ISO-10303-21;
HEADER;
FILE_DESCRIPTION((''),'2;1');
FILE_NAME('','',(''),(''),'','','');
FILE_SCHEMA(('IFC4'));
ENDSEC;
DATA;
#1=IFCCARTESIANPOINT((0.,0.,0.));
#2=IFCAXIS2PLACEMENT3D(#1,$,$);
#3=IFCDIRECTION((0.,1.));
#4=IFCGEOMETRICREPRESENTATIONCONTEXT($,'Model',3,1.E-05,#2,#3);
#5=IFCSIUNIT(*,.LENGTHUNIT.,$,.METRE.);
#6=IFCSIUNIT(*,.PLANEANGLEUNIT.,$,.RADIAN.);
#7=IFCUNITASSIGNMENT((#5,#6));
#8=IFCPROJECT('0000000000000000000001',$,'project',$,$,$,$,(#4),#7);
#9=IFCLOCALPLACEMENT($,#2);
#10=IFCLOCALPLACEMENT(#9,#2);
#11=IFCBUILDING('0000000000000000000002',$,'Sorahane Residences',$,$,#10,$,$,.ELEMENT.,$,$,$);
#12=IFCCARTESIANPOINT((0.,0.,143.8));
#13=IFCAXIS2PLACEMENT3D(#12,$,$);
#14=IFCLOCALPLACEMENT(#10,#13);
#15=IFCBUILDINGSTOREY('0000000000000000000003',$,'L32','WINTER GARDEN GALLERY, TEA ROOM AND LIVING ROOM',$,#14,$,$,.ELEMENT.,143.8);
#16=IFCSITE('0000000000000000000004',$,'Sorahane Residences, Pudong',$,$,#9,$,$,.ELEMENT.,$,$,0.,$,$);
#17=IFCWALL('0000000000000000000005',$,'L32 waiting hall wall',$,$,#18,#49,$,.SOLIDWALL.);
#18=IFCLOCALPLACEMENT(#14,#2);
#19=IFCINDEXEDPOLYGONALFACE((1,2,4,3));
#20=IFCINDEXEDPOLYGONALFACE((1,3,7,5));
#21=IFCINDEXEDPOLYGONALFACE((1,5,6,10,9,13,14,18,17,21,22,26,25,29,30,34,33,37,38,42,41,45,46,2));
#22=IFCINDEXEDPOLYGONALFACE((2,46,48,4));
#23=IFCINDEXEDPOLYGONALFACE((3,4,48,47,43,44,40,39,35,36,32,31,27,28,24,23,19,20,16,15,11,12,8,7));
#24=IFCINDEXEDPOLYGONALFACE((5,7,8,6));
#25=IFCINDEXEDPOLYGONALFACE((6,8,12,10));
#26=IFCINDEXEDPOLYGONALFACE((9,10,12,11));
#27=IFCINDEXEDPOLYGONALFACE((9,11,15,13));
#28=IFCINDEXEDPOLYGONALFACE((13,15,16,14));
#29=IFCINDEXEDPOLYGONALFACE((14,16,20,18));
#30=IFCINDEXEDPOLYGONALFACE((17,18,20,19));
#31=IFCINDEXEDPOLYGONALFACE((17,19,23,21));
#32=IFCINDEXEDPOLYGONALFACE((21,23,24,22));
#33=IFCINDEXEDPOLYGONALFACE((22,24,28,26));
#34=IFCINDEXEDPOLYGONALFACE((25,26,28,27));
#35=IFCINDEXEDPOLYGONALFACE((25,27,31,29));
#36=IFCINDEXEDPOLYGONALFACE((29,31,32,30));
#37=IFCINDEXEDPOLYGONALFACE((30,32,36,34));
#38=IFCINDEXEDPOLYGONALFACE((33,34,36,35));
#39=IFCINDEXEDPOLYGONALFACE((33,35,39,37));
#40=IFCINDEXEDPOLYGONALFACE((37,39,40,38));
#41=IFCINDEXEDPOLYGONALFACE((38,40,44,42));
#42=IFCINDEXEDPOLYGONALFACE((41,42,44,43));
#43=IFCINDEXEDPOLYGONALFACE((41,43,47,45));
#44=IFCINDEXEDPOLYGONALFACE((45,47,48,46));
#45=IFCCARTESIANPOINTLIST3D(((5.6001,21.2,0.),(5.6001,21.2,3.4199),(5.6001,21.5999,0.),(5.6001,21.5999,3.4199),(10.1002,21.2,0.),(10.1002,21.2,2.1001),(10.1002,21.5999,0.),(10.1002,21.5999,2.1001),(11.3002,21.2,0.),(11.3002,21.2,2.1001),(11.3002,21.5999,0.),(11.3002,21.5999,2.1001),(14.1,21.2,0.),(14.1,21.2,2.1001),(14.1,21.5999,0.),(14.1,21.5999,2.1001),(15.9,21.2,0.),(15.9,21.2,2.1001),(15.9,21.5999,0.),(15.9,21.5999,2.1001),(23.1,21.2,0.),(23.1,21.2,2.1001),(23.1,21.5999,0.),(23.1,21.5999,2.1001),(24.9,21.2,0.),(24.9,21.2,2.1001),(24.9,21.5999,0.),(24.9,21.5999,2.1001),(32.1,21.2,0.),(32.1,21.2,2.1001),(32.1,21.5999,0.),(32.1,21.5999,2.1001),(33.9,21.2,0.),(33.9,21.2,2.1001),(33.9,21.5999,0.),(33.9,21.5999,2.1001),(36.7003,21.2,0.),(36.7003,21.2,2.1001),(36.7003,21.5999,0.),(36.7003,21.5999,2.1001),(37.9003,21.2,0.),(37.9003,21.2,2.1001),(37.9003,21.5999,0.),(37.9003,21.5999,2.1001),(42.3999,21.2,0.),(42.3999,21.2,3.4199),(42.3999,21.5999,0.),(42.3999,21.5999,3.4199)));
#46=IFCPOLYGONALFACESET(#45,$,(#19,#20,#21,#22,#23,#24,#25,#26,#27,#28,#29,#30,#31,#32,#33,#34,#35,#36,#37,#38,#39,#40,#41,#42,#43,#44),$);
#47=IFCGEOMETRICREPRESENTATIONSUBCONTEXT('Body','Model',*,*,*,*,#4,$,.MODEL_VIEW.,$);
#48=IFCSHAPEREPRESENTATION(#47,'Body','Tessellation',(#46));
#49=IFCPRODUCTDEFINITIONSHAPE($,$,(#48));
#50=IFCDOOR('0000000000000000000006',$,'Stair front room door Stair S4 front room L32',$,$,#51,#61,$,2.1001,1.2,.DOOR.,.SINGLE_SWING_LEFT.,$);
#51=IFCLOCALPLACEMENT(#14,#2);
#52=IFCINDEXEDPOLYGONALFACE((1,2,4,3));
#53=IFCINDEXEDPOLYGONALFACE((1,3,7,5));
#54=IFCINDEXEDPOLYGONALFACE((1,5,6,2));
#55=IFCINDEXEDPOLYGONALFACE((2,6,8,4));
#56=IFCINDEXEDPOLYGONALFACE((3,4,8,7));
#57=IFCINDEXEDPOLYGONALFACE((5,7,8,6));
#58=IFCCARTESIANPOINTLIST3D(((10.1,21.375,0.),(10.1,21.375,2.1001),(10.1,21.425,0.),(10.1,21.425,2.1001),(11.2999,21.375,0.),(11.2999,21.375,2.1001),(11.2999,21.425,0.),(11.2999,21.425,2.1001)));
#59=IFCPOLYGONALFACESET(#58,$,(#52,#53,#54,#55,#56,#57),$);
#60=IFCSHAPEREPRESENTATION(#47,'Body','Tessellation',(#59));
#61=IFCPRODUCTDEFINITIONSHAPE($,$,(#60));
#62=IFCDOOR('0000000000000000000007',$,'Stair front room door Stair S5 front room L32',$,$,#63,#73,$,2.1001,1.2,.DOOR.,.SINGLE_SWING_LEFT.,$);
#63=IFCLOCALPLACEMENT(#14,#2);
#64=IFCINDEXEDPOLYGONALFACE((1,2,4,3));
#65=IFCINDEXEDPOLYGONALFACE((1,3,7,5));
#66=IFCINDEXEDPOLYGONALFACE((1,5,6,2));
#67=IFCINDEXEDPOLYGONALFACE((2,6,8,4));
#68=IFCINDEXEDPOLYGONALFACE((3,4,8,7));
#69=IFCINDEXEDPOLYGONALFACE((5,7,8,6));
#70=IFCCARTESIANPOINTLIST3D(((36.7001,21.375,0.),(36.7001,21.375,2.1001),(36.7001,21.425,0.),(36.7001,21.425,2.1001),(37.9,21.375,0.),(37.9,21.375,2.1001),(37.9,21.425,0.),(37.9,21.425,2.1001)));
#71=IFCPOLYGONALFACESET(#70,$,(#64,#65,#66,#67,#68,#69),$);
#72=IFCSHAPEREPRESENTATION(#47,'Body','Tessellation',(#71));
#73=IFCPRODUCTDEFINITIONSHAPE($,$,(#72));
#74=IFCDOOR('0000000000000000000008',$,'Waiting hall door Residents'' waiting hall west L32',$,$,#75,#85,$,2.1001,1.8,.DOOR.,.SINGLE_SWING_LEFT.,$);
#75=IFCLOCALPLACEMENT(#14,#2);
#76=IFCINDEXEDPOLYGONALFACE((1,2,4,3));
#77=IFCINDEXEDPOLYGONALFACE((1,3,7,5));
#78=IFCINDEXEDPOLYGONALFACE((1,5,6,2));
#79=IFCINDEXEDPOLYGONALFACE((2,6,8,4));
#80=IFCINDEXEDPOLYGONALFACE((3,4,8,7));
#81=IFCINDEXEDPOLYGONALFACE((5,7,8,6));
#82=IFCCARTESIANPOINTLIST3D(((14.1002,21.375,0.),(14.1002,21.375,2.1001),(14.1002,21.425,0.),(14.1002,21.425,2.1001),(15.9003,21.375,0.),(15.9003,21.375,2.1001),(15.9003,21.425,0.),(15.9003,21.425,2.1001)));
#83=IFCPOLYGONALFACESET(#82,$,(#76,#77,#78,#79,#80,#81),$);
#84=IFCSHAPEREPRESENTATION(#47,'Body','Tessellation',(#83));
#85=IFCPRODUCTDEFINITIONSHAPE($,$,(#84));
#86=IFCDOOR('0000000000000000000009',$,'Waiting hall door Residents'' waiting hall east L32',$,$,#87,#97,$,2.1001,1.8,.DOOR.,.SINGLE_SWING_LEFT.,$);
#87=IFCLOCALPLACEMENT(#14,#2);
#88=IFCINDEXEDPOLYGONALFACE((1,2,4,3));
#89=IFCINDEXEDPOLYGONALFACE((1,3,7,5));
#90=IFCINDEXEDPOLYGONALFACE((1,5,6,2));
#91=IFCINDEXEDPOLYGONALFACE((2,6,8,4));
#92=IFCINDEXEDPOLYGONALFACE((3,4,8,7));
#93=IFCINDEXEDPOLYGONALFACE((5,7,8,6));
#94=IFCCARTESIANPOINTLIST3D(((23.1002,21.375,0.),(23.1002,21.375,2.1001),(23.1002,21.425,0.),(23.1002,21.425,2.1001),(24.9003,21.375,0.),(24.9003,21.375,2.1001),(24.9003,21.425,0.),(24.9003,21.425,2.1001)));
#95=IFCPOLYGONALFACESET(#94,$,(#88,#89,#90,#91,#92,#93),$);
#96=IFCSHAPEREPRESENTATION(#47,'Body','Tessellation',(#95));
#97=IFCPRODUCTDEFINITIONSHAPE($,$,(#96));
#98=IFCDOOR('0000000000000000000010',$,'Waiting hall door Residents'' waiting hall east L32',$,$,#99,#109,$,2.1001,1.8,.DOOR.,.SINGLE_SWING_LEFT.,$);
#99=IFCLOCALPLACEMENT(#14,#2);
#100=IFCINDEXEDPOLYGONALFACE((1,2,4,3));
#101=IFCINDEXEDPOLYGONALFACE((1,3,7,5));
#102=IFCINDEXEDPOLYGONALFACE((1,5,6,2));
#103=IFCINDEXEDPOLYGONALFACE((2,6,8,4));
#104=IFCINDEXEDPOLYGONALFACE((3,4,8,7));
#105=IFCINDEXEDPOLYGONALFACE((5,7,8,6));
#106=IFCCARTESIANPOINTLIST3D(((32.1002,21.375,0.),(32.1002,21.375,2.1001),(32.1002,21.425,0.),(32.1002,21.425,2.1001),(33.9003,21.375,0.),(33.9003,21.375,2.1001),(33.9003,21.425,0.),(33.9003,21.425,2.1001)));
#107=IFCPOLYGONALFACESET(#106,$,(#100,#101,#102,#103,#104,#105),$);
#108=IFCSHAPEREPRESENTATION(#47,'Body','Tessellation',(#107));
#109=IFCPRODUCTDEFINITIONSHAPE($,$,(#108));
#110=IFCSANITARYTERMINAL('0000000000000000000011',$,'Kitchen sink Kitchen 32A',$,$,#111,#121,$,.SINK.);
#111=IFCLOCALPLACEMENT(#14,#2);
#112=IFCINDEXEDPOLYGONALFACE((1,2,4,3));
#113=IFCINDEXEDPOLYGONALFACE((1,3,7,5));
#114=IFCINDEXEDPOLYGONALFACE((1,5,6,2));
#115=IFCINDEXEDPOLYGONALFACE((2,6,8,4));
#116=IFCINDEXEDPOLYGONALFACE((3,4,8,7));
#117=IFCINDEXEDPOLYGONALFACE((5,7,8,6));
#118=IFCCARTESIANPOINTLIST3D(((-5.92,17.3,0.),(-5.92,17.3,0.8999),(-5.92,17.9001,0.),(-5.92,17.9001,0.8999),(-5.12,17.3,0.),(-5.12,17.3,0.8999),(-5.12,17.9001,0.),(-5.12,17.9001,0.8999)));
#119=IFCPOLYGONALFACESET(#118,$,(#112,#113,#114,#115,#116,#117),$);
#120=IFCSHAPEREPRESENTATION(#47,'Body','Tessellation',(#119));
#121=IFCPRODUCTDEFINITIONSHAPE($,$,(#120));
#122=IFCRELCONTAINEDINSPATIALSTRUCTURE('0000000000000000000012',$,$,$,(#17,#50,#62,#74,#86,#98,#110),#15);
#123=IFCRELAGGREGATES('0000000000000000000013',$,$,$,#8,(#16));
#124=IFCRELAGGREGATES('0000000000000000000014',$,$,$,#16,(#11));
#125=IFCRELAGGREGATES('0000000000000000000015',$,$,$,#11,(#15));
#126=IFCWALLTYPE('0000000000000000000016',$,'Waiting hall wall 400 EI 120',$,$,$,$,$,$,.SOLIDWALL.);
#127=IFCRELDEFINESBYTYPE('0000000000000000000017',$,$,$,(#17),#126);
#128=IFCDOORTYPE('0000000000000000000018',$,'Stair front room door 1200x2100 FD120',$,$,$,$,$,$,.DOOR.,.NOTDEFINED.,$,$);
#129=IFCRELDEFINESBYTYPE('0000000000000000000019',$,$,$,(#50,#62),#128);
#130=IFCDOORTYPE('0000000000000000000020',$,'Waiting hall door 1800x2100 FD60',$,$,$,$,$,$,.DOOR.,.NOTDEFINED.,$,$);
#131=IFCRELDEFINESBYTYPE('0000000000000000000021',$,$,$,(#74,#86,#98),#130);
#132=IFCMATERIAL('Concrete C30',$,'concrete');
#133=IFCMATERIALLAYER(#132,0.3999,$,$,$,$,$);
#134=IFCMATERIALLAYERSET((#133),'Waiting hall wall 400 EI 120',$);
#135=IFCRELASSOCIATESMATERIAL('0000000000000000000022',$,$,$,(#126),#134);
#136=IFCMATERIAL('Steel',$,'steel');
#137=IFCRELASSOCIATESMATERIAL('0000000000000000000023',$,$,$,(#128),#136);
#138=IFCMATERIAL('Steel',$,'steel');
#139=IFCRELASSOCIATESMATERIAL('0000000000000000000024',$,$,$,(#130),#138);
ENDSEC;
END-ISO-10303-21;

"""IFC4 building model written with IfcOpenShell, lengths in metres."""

from ifc_helpers import new_model, si_unit, direction, frame, frame_2d, origin, origin_2d, place, context, subcontext, project, spatial, rectangle, extrude, material, layer, layer_set, type_object, element, fill, save


model = new_model("IFC4")

# Units and contexts
model_context = context("Model", 3, precision=1e-05, world=origin(), true_north=direction((0.0, 1.0)))
body_context = subcontext(model_context, "Body", "Model", "MODEL_VIEW")
ifc_project = project(units=[si_unit("LENGTHUNIT", "METRE"), si_unit("PLANEANGLEUNIT", "RADIAN")], contexts=[model_context])

# Site, building, storey
site_placement = place(None, origin())
site = spatial("IfcSite", under=ifc_project, at=site_placement, Name="Sorahane Residences, Pudong", CompositionType="ELEMENT", RefElevation=0.0)
building_placement = place(site_placement, origin())
building = spatial("IfcBuilding", under=site, at=building_placement, Name="Sorahane Residences", CompositionType="ELEMENT")
storey_placement = place(building_placement, frame((0.0, 0.0, 143.8)))
storey = spatial("IfcBuildingStorey", under=building, at=storey_placement, Name="L32", Description="WINTER GARDEN GALLERY, TEA ROOM AND LIVING ROOM", CompositionType="ELEMENT", Elevation=143.8)

# Wall, openings, doors
ifc_material_1 = material(Name="Concrete C30", Category="concrete")
ifc_layer_1 = layer(ifc_material_1, 0.3999)
ifc_layer_set_1 = layer_set([ifc_layer_1], Name="Waiting hall wall 400 EI 120")
wall_type_1 = type_object("IfcWallType", Name="Waiting hall wall 400 EI 120", PredefinedType="SOLIDWALL", material=ifc_layer_set_1)
wall_1_placement = place(storey_placement, frame((5.6001, 21.3999, 0.0), z_axis=(0.0, 0.0, 1.0), x_axis=(1.0, 0.0, 0.0)))
wall_1 = element("IfcWall", 1, at=wall_1_placement, inside=storey, type_object=wall_type_1, Name="L32 waiting hall wall", PredefinedType="SOLIDWALL", context=body_context, shape_type="SweptSolid", body=[
    extrude(rectangle(XDim=36.7998, YDim=0.3999, at=frame_2d((18.3999, 0.0))), origin(), (0.0, 0.0, 1.0), 3.4199),
])
opening_1_placement = place(wall_1_placement, frame((8.5, 0.0, 0.0)))
opening_1 = element("IfcOpeningElement", 2, at=opening_1_placement, cuts=wall_1, PredefinedType="OPENING", context=body_context, shape_type="SweptSolid", body=[
    extrude(rectangle(XDim=1.8, YDim=2.1001, at=frame_2d((0.8999, 1.05))), frame((0.0, 0.21, 0.0), z_axis=(0.0, -1.0, 0.0), x_axis=(1.0, 0.0, 0.0)), (0.0, 0.0, 1.0), 0.4199),
])
opening_2_placement = place(wall_1_placement, frame((17.5, 0.0, 0.0)))
opening_2 = element("IfcOpeningElement", 3, at=opening_2_placement, cuts=wall_1, PredefinedType="OPENING", context=body_context, shape_type="SweptSolid", body=[
    extrude(rectangle(XDim=1.8, YDim=2.1001, at=frame_2d((0.8999, 1.05))), frame((0.0, 0.21, 0.0), z_axis=(0.0, -1.0, 0.0), x_axis=(1.0, 0.0, 0.0)), (0.0, 0.0, 1.0), 0.4199),
])
opening_3_placement = place(wall_1_placement, frame((26.5, 0.0, 0.0)))
opening_3 = element("IfcOpeningElement", 4, at=opening_3_placement, cuts=wall_1, PredefinedType="OPENING", context=body_context, shape_type="SweptSolid", body=[
    extrude(rectangle(XDim=1.8, YDim=2.1001, at=frame_2d((0.8999, 1.05))), frame((0.0, 0.21, 0.0), z_axis=(0.0, -1.0, 0.0), x_axis=(1.0, 0.0, 0.0)), (0.0, 0.0, 1.0), 0.4199),
])
opening_4_placement = place(wall_1_placement, frame((4.5, 0.0, 0.0)))
opening_4 = element("IfcOpeningElement", 5, at=opening_4_placement, cuts=wall_1, PredefinedType="OPENING", context=body_context, shape_type="SweptSolid", body=[
    extrude(rectangle(XDim=1.2, YDim=2.1001, at=frame_2d((0.6001, 1.05))), frame((0.0, 0.21, 0.0), z_axis=(0.0, -1.0, 0.0), x_axis=(1.0, 0.0, 0.0)), (0.0, 0.0, 1.0), 0.4199),
])
opening_5_placement = place(wall_1_placement, frame((31.1001, 0.0, 0.0)))
opening_5 = element("IfcOpeningElement", 6, at=opening_5_placement, cuts=wall_1, PredefinedType="OPENING", context=body_context, shape_type="SweptSolid", body=[
    extrude(rectangle(XDim=1.2, YDim=2.1001, at=frame_2d((0.6001, 1.05))), frame((0.0, 0.21, 0.0), z_axis=(0.0, -1.0, 0.0), x_axis=(1.0, 0.0, 0.0)), (0.0, 0.0, 1.0), 0.4199),
])
ifc_material_2 = material(Name="Steel", Category="steel")
door_type_1 = type_object("IfcDoorType", Name="Stair front room door 1200x2100 FD120", OperationType="NOTDEFINED", PredefinedType="DOOR", material=ifc_material_2)
door_1_placement = place(opening_4_placement, frame((1.2, 0.0, 0.0), z_axis=(0.0, 0.0, 1.0), x_axis=(-1.0, 0.0, 0.0)))
door_1 = element("IfcDoor", 7, at=door_1_placement, inside=storey, type_object=door_type_1, Name="Stair front room door Stair S4 front room L32", OperationType="SINGLE_SWING_LEFT", OverallHeight=2.1001, OverallWidth=1.2, PredefinedType="DOOR", context=body_context, shape_type="SweptSolid", body=[
    extrude(rectangle(XDim=1.2, YDim=2.1001, at=frame_2d((0.6001, 1.05))), frame((0.0, 0.0249, 0.0), z_axis=(0.0, -1.0, 0.0), x_axis=(1.0, 0.0, 0.0)), (0.0, 0.0, 1.0), 0.05),
])
fill(opening_4, door_1)
door_2_placement = place(opening_5_placement, frame((1.2, 0.0, 0.0), z_axis=(0.0, 0.0, 1.0), x_axis=(-1.0, 0.0, 0.0)))
door_2 = element("IfcDoor", 8, at=door_2_placement, inside=storey, type_object=door_type_1, Name="Stair front room door Stair S5 front room L32", OperationType="SINGLE_SWING_LEFT", OverallHeight=2.1001, OverallWidth=1.2, PredefinedType="DOOR", context=body_context, shape_type="SweptSolid", body=[
    extrude(rectangle(XDim=1.2, YDim=2.1001, at=frame_2d((0.6001, 1.05))), frame((0.0, 0.0249, 0.0), z_axis=(0.0, -1.0, 0.0), x_axis=(1.0, 0.0, 0.0)), (0.0, 0.0, 1.0), 0.05),
])
fill(opening_5, door_2)
ifc_material_3 = material(Name="Steel", Category="steel")
door_type_2 = type_object("IfcDoorType", Name="Waiting hall door 1800x2100 FD60", OperationType="NOTDEFINED", PredefinedType="DOOR", material=ifc_material_3)
door_3_placement = place(opening_1_placement, frame((1.8, 0.0, 0.0), z_axis=(0.0, 0.0, 1.0), x_axis=(-1.0, 0.0, 0.0)))
door_3 = element("IfcDoor", 9, at=door_3_placement, inside=storey, type_object=door_type_2, Name="Waiting hall door Residents' waiting hall west L32", OperationType="SINGLE_SWING_LEFT", OverallHeight=2.1001, OverallWidth=1.8, PredefinedType="DOOR", context=body_context, shape_type="SweptSolid", body=[
    extrude(rectangle(XDim=1.8, YDim=2.1001, at=frame_2d((0.8999, 1.05))), frame((0.0, 0.0249, 0.0), z_axis=(0.0, -1.0, 0.0), x_axis=(1.0, 0.0, 0.0)), (0.0, 0.0, 1.0), 0.05),
])
fill(opening_1, door_3)
door_4_placement = place(opening_2_placement, frame((1.8, 0.0, 0.0), z_axis=(0.0, 0.0, 1.0), x_axis=(-1.0, 0.0, 0.0)))
door_4 = element("IfcDoor", 10, at=door_4_placement, inside=storey, type_object=door_type_2, Name="Waiting hall door Residents' waiting hall east L32", OperationType="SINGLE_SWING_LEFT", OverallHeight=2.1001, OverallWidth=1.8, PredefinedType="DOOR", context=body_context, shape_type="SweptSolid", body=[
    extrude(rectangle(XDim=1.8, YDim=2.1001, at=frame_2d((0.8999, 1.05))), frame((0.0, 0.0249, 0.0), z_axis=(0.0, -1.0, 0.0), x_axis=(1.0, 0.0, 0.0)), (0.0, 0.0, 1.0), 0.05),
])
fill(opening_2, door_4)
door_5_placement = place(opening_3_placement, frame((1.8, 0.0, 0.0), z_axis=(0.0, 0.0, 1.0), x_axis=(-1.0, 0.0, 0.0)))
door_5 = element("IfcDoor", 11, at=door_5_placement, inside=storey, type_object=door_type_2, Name="Waiting hall door Residents' waiting hall east L32", OperationType="SINGLE_SWING_LEFT", OverallHeight=2.1001, OverallWidth=1.8, PredefinedType="DOOR", context=body_context, shape_type="SweptSolid", body=[
    extrude(rectangle(XDim=1.8, YDim=2.1001, at=frame_2d((0.8999, 1.05))), frame((0.0, 0.0249, 0.0), z_axis=(0.0, -1.0, 0.0), x_axis=(1.0, 0.0, 0.0)), (0.0, 0.0, 1.0), 0.05),
])
fill(opening_3, door_5)

# Sanitary terminal
sanitary_terminal_placement = place(storey_placement, frame((-5.52, 17.6001, 0.0), z_axis=(0.0, 0.0, 1.0), x_axis=(1.0, 0.0, 0.0)))
element("IfcSanitaryTerminal", 12, at=sanitary_terminal_placement, inside=storey, Name="Kitchen sink Kitchen 32A", PredefinedType="SINK", context=body_context, shape_type="SweptSolid", body=[
    extrude(rectangle(XDim=0.8, YDim=0.6001, at=origin_2d()), origin(), (0.0, 0.0, 1.0), 0.8999),
])

save(model, "model.ifc")
